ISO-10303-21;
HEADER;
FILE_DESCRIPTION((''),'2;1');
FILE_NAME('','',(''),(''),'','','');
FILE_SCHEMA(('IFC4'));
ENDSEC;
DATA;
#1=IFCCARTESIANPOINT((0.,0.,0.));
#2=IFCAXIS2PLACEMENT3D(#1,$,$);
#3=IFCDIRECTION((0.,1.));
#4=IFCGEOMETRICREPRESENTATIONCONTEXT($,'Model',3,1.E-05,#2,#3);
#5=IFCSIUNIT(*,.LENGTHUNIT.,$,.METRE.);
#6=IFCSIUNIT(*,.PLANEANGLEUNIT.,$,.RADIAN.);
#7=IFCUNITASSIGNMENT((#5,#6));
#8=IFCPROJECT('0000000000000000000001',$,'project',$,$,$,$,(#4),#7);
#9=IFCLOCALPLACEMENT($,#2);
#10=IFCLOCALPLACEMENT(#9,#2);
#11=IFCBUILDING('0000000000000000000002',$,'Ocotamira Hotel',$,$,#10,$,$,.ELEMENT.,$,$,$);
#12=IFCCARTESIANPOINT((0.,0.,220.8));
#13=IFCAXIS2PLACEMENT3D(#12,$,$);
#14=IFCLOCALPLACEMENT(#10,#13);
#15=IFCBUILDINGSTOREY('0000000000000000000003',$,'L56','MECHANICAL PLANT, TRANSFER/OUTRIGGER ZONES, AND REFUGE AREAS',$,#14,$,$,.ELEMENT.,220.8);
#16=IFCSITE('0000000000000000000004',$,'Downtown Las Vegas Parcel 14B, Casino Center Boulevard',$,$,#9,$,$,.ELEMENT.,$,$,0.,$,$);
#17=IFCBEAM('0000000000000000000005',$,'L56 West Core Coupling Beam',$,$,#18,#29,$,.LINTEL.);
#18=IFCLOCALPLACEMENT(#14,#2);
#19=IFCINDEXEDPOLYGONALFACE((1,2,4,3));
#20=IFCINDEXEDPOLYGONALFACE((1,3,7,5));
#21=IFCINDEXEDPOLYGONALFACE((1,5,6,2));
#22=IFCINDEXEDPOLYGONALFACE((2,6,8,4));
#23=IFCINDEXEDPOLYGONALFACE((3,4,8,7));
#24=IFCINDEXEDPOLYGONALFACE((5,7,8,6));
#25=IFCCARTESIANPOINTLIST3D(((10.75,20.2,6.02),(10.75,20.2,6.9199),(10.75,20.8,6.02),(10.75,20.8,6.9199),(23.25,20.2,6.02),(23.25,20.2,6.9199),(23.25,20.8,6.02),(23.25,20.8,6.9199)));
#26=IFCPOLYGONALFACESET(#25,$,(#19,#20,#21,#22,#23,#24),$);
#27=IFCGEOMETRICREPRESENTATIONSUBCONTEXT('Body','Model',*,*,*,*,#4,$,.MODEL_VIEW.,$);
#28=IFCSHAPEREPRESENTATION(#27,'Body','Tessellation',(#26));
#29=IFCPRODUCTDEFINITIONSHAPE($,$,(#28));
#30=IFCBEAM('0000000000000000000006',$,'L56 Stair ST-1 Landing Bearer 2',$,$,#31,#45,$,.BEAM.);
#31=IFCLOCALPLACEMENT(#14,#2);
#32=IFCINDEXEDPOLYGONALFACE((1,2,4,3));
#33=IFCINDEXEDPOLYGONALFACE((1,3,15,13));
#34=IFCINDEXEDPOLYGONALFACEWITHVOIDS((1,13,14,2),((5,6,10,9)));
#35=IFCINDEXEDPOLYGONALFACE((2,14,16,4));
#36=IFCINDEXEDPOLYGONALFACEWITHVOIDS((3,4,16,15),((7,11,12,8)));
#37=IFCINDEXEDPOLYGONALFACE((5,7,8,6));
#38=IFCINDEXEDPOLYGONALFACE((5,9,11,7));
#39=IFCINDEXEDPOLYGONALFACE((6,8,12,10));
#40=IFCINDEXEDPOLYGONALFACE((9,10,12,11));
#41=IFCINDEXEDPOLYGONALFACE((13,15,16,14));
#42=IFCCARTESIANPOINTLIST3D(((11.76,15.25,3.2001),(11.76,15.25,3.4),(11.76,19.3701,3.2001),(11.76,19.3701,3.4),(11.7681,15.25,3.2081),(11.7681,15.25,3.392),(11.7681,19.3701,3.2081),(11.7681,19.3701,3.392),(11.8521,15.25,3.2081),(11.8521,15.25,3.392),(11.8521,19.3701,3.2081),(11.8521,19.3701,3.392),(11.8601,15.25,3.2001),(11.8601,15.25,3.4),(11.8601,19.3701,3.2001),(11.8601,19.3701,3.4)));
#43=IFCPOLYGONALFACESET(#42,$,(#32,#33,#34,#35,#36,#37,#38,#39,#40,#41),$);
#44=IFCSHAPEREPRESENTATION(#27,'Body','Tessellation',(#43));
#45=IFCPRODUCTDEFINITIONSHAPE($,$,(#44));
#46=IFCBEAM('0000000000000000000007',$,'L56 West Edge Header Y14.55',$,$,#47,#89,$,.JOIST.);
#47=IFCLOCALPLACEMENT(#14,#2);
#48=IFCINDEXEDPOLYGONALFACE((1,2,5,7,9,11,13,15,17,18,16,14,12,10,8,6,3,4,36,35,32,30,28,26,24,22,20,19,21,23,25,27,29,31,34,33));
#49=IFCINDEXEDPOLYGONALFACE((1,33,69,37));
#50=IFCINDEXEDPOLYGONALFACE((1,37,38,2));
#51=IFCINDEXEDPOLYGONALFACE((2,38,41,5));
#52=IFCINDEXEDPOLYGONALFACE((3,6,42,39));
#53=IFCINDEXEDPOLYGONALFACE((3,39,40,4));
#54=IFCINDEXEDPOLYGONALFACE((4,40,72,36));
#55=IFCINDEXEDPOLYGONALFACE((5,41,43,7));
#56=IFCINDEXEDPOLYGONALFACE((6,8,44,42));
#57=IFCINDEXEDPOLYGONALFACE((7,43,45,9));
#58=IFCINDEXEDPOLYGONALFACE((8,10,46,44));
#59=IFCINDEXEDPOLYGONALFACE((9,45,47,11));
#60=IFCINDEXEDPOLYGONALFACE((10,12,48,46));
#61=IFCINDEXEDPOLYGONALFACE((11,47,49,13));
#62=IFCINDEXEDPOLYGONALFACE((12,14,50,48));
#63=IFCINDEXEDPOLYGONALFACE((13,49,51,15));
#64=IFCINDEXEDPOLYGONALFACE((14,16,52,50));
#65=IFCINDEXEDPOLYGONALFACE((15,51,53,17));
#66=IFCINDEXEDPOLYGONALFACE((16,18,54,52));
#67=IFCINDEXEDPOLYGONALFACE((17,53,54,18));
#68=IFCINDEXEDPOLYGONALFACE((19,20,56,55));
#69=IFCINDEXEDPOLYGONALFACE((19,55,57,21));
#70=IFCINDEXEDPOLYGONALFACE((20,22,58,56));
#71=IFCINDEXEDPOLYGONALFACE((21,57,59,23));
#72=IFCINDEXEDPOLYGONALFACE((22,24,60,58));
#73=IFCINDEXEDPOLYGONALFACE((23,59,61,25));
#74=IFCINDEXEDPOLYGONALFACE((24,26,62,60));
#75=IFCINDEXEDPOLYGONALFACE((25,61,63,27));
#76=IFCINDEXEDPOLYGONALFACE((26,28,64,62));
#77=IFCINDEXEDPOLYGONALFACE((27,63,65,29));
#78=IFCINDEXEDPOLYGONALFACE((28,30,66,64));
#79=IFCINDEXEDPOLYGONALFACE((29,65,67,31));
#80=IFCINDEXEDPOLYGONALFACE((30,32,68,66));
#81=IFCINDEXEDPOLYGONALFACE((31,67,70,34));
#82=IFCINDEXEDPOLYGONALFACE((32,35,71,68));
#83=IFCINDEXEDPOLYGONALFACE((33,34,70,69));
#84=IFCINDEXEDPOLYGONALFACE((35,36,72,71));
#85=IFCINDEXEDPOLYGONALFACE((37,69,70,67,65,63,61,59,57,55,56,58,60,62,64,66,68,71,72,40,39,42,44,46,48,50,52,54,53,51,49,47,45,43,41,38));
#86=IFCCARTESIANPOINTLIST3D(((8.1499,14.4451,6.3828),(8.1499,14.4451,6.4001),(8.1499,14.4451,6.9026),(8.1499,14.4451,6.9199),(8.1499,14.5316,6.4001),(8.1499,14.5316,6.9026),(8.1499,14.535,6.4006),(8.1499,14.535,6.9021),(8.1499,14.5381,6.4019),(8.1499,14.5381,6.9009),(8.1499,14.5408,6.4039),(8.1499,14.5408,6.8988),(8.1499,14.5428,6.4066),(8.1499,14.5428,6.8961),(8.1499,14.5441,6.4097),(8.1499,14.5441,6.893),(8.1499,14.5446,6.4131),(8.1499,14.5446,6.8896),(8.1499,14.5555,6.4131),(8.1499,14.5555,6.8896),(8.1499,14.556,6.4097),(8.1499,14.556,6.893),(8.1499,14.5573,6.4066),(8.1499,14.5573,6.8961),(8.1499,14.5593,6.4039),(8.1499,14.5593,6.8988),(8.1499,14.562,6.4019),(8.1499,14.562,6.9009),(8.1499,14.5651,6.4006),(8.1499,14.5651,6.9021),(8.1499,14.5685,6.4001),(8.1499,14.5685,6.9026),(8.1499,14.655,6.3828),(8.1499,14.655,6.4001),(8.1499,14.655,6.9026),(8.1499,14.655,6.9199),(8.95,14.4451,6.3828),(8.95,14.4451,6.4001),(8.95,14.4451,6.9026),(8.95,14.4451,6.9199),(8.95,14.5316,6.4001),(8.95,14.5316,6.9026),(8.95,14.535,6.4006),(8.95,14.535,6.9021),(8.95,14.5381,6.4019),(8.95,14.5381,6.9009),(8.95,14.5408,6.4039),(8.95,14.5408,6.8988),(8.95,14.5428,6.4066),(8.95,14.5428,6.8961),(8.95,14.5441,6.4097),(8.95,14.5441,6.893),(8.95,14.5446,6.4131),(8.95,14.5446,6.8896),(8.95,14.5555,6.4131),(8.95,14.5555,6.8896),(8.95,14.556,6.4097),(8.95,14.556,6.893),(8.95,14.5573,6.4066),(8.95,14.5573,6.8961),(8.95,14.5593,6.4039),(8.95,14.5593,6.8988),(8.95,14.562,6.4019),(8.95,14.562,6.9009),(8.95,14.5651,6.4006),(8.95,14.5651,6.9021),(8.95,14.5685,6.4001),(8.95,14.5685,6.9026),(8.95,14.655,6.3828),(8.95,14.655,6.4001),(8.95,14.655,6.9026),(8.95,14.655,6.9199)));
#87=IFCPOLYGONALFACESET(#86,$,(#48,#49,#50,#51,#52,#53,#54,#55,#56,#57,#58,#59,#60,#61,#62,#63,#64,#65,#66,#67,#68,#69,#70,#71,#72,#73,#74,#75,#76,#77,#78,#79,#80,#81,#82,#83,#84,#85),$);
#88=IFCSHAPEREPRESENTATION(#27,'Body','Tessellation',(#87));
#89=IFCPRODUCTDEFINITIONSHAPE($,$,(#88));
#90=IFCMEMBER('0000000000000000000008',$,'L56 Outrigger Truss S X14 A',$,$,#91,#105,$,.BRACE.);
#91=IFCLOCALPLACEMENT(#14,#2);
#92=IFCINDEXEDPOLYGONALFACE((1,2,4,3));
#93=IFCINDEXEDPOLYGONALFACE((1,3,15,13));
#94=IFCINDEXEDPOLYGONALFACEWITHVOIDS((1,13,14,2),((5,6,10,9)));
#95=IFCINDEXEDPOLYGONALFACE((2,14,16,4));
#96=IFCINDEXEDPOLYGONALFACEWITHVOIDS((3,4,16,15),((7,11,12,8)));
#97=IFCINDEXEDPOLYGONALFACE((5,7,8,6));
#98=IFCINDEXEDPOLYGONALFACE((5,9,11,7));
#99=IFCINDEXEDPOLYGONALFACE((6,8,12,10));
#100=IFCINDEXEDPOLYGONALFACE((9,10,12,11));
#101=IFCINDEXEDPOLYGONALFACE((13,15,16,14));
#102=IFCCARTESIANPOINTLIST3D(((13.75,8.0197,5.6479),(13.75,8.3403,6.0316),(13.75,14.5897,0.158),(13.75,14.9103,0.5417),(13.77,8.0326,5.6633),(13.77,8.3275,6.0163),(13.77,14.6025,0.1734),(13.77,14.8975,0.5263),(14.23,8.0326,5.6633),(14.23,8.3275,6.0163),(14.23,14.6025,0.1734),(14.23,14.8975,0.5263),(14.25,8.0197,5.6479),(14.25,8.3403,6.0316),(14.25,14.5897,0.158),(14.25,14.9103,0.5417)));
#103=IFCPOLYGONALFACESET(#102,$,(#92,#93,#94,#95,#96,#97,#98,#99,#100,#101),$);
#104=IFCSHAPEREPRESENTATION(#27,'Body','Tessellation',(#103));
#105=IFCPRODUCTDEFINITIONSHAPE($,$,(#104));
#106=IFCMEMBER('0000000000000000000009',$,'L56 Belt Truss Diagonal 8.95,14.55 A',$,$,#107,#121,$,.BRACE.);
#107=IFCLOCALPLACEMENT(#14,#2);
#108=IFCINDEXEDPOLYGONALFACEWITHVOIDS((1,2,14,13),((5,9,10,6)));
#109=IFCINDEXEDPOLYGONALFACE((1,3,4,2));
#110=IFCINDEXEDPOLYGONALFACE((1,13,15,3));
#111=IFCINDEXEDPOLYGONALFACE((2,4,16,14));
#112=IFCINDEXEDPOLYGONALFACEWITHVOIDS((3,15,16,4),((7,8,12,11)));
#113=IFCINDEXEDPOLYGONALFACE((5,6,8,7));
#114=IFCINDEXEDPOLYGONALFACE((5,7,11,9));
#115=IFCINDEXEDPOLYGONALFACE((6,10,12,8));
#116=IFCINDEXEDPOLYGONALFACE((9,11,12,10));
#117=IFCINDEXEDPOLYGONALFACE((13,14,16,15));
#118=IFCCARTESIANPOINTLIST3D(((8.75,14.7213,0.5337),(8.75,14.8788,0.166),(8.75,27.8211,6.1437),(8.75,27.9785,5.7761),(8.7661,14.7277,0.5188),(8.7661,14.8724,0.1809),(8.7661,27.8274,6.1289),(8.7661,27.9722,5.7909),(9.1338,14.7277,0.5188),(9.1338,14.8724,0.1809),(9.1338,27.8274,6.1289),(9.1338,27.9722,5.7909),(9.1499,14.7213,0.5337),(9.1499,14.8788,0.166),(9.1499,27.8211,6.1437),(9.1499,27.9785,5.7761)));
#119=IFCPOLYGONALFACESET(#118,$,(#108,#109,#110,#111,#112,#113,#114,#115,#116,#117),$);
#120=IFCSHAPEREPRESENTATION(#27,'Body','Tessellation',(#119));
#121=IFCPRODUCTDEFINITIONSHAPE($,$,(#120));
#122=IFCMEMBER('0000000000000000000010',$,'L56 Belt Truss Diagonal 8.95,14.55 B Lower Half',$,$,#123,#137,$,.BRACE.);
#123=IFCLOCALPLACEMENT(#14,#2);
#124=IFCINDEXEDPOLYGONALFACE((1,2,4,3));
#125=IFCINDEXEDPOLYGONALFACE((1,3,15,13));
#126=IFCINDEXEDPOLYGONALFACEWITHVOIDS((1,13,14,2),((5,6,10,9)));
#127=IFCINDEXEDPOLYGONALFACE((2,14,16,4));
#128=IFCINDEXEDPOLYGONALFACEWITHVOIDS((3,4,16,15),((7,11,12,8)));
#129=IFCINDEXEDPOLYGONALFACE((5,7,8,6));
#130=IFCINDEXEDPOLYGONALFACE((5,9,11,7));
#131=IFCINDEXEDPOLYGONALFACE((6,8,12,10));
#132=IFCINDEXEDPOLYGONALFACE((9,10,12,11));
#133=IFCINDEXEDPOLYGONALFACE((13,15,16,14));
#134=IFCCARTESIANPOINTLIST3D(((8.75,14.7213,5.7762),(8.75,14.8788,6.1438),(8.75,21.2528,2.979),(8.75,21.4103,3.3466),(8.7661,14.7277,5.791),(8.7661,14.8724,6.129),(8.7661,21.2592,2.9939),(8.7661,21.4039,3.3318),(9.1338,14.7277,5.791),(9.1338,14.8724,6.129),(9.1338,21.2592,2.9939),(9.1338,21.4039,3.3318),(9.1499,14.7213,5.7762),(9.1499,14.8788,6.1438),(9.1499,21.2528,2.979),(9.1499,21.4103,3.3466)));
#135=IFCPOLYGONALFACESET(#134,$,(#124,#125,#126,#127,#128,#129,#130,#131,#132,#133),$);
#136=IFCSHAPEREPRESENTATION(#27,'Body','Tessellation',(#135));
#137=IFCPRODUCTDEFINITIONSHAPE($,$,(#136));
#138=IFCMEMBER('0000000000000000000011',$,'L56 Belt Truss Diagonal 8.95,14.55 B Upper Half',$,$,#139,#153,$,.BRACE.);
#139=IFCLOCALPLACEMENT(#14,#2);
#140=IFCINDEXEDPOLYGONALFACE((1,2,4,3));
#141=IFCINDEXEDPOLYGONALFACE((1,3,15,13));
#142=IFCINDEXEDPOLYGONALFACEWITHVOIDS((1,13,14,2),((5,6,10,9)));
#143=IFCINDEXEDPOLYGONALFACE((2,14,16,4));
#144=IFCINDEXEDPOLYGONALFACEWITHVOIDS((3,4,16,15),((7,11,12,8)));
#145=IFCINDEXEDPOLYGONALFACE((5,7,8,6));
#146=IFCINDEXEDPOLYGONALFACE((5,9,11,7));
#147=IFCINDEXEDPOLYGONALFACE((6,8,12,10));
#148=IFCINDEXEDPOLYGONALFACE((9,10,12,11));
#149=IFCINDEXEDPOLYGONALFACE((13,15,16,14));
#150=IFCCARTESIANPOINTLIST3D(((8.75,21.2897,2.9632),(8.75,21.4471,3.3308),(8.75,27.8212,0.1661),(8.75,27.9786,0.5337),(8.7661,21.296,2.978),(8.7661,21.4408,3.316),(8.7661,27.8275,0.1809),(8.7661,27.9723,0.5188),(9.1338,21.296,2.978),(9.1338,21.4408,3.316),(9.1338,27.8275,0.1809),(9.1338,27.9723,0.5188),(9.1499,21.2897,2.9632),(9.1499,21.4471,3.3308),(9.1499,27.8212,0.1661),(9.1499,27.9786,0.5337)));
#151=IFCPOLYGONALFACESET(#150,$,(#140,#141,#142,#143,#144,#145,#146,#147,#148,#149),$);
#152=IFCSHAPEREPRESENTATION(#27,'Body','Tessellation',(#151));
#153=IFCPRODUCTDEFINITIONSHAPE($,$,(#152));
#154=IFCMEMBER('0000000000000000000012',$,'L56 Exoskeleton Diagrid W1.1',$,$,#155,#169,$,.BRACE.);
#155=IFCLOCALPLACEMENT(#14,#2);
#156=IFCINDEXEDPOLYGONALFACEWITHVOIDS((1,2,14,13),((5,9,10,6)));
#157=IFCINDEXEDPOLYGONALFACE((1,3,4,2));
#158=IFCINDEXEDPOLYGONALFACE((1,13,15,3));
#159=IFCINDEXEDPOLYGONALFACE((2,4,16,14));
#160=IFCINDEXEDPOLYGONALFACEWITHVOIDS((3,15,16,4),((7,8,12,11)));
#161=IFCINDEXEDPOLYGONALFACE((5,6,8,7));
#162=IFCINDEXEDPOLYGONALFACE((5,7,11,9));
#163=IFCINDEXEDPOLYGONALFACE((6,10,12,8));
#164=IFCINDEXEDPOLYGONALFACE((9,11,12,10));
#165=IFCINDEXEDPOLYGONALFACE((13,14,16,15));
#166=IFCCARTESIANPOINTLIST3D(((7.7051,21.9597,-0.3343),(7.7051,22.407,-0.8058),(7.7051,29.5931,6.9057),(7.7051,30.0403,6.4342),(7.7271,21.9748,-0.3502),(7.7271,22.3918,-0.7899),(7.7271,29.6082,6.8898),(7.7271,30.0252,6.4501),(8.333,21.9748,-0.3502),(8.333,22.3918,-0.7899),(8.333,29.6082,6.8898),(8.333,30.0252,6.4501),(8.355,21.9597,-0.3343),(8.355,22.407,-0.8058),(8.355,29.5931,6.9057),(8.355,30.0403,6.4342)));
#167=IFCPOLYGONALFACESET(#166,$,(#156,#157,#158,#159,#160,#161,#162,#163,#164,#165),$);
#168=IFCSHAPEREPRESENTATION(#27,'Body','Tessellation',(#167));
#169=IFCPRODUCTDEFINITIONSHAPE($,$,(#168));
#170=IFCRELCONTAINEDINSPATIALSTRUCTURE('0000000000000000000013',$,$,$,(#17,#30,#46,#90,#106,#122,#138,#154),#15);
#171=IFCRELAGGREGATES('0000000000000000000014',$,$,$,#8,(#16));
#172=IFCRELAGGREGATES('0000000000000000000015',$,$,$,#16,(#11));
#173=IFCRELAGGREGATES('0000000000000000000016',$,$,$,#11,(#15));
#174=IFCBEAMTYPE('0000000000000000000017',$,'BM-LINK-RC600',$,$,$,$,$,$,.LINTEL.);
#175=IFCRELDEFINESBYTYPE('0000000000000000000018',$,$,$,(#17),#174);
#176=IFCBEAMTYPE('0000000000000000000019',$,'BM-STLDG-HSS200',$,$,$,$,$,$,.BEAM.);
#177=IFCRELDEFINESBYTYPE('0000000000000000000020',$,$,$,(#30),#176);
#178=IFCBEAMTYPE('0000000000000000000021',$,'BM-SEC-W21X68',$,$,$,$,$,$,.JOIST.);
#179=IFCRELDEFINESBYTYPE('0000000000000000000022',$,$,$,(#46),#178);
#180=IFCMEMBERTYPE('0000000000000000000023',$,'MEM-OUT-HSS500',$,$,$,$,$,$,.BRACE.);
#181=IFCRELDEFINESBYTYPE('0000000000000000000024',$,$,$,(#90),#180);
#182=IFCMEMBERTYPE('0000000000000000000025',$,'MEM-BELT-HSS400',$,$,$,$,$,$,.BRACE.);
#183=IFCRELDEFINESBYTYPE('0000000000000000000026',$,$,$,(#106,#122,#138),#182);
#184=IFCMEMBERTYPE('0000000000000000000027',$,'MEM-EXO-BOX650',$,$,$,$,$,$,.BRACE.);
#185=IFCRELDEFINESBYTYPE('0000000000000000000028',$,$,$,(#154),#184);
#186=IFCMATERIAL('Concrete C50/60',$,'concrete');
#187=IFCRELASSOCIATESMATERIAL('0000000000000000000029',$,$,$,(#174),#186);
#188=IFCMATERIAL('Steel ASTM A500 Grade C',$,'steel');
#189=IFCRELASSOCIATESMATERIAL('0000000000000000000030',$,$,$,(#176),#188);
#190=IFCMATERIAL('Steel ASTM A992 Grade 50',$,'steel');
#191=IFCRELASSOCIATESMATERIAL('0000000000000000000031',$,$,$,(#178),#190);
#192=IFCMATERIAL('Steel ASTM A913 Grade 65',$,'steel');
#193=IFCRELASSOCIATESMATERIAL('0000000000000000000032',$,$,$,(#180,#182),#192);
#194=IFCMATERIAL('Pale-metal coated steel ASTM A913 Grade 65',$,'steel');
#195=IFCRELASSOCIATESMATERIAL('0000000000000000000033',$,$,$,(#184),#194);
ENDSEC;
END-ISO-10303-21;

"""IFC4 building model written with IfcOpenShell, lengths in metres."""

from ifc_helpers import new_model, si_unit, direction, frame, origin, origin_2d, place, context, subcontext, project, spatial, rectangle, hollow_rectangle, i_section, extrude, source, transform, mapped, material, material_profile, profile_set, type_object, element, save


model = new_model("IFC4")

# Units and contexts
model_context = context("Model", 3, precision=1e-05, world=origin(), true_north=direction((0.0, 1.0)))
body_context = subcontext(model_context, "Body", "Model", "MODEL_VIEW")
ifc_project = project(units=[si_unit("LENGTHUNIT", "METRE"), si_unit("PLANEANGLEUNIT", "RADIAN")], contexts=[model_context])

# Site, building, storey
site_placement = place(None, origin())
site = spatial("IfcSite", under=ifc_project, at=site_placement, Name="Downtown Las Vegas Parcel 14B, Casino Center Boulevard", CompositionType="ELEMENT", RefElevation=0.0)
building_placement = place(site_placement, origin())
building = spatial("IfcBuilding", under=site, at=building_placement, Name="Ocotamira Hotel", CompositionType="ELEMENT")
storey_placement = place(building_placement, frame((0.0, 0.0, 220.8)))
storey = spatial("IfcBuildingStorey", under=building, at=storey_placement, Name="L56", Description="MECHANICAL PLANT, TRANSFER/OUTRIGGER ZONES, AND REFUGE AREAS", CompositionType="ELEMENT", Elevation=220.8)

# Beams
ifc_material_1 = material(Name="Concrete C50/60", Category="concrete")
ifc_material_profile_1 = material_profile(ifc_material_1, rectangle(XDim=0.6001, YDim=0.8999, at=origin_2d()), Name="RC600X900")
ifc_profile_set_1 = profile_set([ifc_material_profile_1], Name="Concrete C50/60")
beam_type_1 = type_object("IfcBeamType", Name="BM-LINK-RC600", PredefinedType="LINTEL", material=ifc_profile_set_1)
shared_shape_1 = source(origin(), body_context, "Body", "SweptSolid", [
    extrude(rectangle(XDim=0.6001, YDim=0.8999, at=origin_2d()), origin(), (0.0, 0.0, 1.0), 12.5),
])
beam_1_placement = place(storey_placement, frame((10.75, 20.5, 6.47), z_axis=(1.0, 0.0, 0.0), x_axis=(0.0, 1.0, 0.0)))
element("IfcBeam", 1, at=beam_1_placement, inside=storey, type_object=beam_type_1, Name="L56 West Core Coupling Beam", PredefinedType="LINTEL", context=body_context, shape_type="MappedRepresentation", body=[
    mapped(shared_shape_1, transform((0.0, 0.0, 0.0), scale=1.0)),
])
ifc_material_2 = material(Name="Steel ASTM A500 Grade C", Category="steel")
ifc_material_profile_2 = material_profile(ifc_material_2, hollow_rectangle(XDim=0.1001, YDim=0.2, WallThickness=0.0081, at=origin_2d()), Name="HSS200X100X8")
ifc_profile_set_2 = profile_set([ifc_material_profile_2], Name="Steel ASTM A500 Grade C")
beam_type_2 = type_object("IfcBeamType", Name="BM-STLDG-HSS200", PredefinedType="BEAM", material=ifc_profile_set_2)
shared_shape_2 = source(origin(), body_context, "Body", "SweptSolid", [
    extrude(hollow_rectangle(XDim=0.1001, YDim=0.2, WallThickness=0.0081, at=origin_2d()), origin(), (0.0, 0.0, 1.0), 4.1201),
])
beam_2_placement = place(storey_placement, frame((11.8101, 15.25, 3.3), z_axis=(0.0, 1.0, 0.0), x_axis=(-1.0, 0.0, 0.0)))
element("IfcBeam", 2, at=beam_2_placement, inside=storey, type_object=beam_type_2, Name="L56 Stair ST-1 Landing Bearer 2", PredefinedType="BEAM", context=body_context, shape_type="MappedRepresentation", body=[
    mapped(shared_shape_2, transform((0.0, 0.0, 0.0), scale=1.0)),
])
ifc_material_3 = material(Name="Steel ASTM A992 Grade 50", Category="steel")
ifc_material_profile_3 = material_profile(ifc_material_3, i_section(OverallWidth=0.21, OverallDepth=0.5371, WebThickness=0.011, FlangeThickness=0.0173, FilletRadius=0.0129, at=origin_2d()), Name="W21X68")
ifc_profile_set_3 = profile_set([ifc_material_profile_3], Name="Steel ASTM A992 Grade 50")
beam_type_3 = type_object("IfcBeamType", Name="BM-SEC-W21X68", PredefinedType="JOIST", material=ifc_profile_set_3)
shared_shape_3 = source(origin(), body_context, "Body", "SweptSolid", [
    extrude(i_section(OverallWidth=0.21, OverallDepth=0.5371, WebThickness=0.011, FlangeThickness=0.0173, FilletRadius=0.0129, at=origin_2d()), origin(), (0.0, 0.0, 1.0), 0.8),
])
beam_3_placement = place(storey_placement, frame((8.95, 14.55, 6.6514), z_axis=(-1.0, 0.0, 0.0), x_axis=(0.0, -1.0, 0.0)))
element("IfcBeam", 3, at=beam_3_placement, inside=storey, type_object=beam_type_3, Name="L56 West Edge Header Y14.55", PredefinedType="JOIST", context=body_context, shape_type="MappedRepresentation", body=[
    mapped(shared_shape_3, transform((0.0, 0.0, 0.0), scale=1.0)),
])

# Members
ifc_material_4 = material(Name="Steel ASTM A913 Grade 65", Category="steel")
ifc_material_profile_4 = material_profile(ifc_material_4, hollow_rectangle(XDim=0.5, YDim=0.5, WallThickness=0.02, at=origin_2d()), Name="HSS500X500X20")
ifc_profile_set_4 = profile_set([ifc_material_profile_4], Name="Steel ASTM A913 Grade 65")
member_type_1 = type_object("IfcMemberType", Name="MEM-OUT-HSS500", PredefinedType="BRACE", material=ifc_profile_set_4)
shared_shape_4 = source(origin(), body_context, "Body", "SweptSolid", [
    extrude(hollow_rectangle(XDim=0.5, YDim=0.5, WallThickness=0.02, at=origin_2d()), origin(), (0.0, 0.0, 1.0), 8.5618),
])
member_1_placement = place(storey_placement, frame((14.0, 14.75, 0.3499), z_axis=(0.0, -0.767363, 0.641213), x_axis=(1.0, 0.0, 0.0)))
element("IfcMember", 4, at=member_1_placement, inside=storey, type_object=member_type_1, Name="L56 Outrigger Truss S X14 A", PredefinedType="BRACE", context=body_context, shape_type="MappedRepresentation", body=[
    mapped(shared_shape_4, transform((0.0, 0.0, 0.0), scale=1.0)),
])
ifc_material_profile_5 = material_profile(ifc_material_4, hollow_rectangle(XDim=0.3999, YDim=0.3999, WallThickness=0.0161, at=origin_2d()), Name="HSS400X400X16")
ifc_profile_set_5 = profile_set([ifc_material_profile_5], Name="Steel ASTM A913 Grade 65")
member_type_2 = type_object("IfcMemberType", Name="MEM-BELT-HSS400", PredefinedType="BRACE", material=ifc_profile_set_5)
shared_shape_5 = source(origin(), body_context, "Body", "SweptSolid", [
    extrude(hollow_rectangle(XDim=0.3999, YDim=0.3999, WallThickness=0.0161, at=origin_2d()), origin(), (0.0, 0.0, 1.0), 14.2505),
])
member_2_placement = place(storey_placement, frame((8.95, 14.8, 0.3499), z_axis=(0.0, 0.91925, 0.393675), x_axis=(-1.0, 0.0, 0.0)))
element("IfcMember", 5, at=member_2_placement, inside=storey, type_object=member_type_2, Name="L56 Belt Truss Diagonal 8.95,14.55 A", PredefinedType="BRACE", context=body_context, shape_type="MappedRepresentation", body=[
    mapped(shared_shape_5, transform((0.0, 0.0, 0.0), scale=1.0)),
])
shared_shape_6 = source(origin(), body_context, "Body", "SweptSolid", [
    extrude(hollow_rectangle(XDim=0.3999, YDim=0.3999, WallThickness=0.0161, at=origin_2d()), origin(), (0.0, 0.0, 1.0), 7.1052),
])
for number, where, z_axis, x_axis, name in (
    (6, (8.95, 14.8, 5.96), (0.0, 0.919252, -0.39367), (-1.0, 0.0, 0.0), "L56 Belt Truss Diagonal 8.95,14.55 B Lower Half"),
    (7, (8.95, 21.3684, 3.147), (0.0, 0.919252, -0.39367), (-1.0, 0.0, 0.0), "L56 Belt Truss Diagonal 8.95,14.55 B Upper Half"),
):
    element("IfcMember", number, at=place(storey_placement, frame(where, z_axis=z_axis, x_axis=x_axis)), inside=storey, type_object=member_type_2, Name=name, PredefinedType="BRACE", context=body_context, shape_type="MappedRepresentation", body=[
        mapped(shared_shape_6, transform((0.0, 0.0, 0.0), scale=1.0)),
    ])
ifc_material_5 = material(Name="Pale-metal coated steel ASTM A913 Grade 65", Category="steel")
ifc_material_profile_6 = material_profile(ifc_material_5, hollow_rectangle(XDim=0.6499, YDim=0.6499, WallThickness=0.022, at=origin_2d()), Name="BOX650X650X22")
ifc_profile_set_6 = profile_set([ifc_material_profile_6], Name="Pale-metal coated steel ASTM A913 Grade 65")
member_type_3 = type_object("IfcMemberType", Name="MEM-EXO-BOX650", PredefinedType="BRACE", material=ifc_profile_set_6)
shared_shape_7 = source(origin(), body_context, "Body", "SweptSolid", [
    extrude(hollow_rectangle(XDim=0.6499, YDim=0.6499, WallThickness=0.022, at=origin_2d()), origin(), (0.0, 0.0, 1.0), 10.5208),
])
member_3_placement = place(storey_placement, frame((8.03, 22.1833, -0.5701), z_axis=(0.0, 0.725552, 0.688167), x_axis=(-1.0, 0.0, 0.0)))
element("IfcMember", 8, at=member_3_placement, inside=storey, type_object=member_type_3, Name="L56 Exoskeleton Diagrid W1.1", PredefinedType="BRACE", context=body_context, shape_type="MappedRepresentation", body=[
    mapped(shared_shape_7, transform((0.0, 0.0, 0.0), scale=1.0)),
])

save(model, "model.ifc")
